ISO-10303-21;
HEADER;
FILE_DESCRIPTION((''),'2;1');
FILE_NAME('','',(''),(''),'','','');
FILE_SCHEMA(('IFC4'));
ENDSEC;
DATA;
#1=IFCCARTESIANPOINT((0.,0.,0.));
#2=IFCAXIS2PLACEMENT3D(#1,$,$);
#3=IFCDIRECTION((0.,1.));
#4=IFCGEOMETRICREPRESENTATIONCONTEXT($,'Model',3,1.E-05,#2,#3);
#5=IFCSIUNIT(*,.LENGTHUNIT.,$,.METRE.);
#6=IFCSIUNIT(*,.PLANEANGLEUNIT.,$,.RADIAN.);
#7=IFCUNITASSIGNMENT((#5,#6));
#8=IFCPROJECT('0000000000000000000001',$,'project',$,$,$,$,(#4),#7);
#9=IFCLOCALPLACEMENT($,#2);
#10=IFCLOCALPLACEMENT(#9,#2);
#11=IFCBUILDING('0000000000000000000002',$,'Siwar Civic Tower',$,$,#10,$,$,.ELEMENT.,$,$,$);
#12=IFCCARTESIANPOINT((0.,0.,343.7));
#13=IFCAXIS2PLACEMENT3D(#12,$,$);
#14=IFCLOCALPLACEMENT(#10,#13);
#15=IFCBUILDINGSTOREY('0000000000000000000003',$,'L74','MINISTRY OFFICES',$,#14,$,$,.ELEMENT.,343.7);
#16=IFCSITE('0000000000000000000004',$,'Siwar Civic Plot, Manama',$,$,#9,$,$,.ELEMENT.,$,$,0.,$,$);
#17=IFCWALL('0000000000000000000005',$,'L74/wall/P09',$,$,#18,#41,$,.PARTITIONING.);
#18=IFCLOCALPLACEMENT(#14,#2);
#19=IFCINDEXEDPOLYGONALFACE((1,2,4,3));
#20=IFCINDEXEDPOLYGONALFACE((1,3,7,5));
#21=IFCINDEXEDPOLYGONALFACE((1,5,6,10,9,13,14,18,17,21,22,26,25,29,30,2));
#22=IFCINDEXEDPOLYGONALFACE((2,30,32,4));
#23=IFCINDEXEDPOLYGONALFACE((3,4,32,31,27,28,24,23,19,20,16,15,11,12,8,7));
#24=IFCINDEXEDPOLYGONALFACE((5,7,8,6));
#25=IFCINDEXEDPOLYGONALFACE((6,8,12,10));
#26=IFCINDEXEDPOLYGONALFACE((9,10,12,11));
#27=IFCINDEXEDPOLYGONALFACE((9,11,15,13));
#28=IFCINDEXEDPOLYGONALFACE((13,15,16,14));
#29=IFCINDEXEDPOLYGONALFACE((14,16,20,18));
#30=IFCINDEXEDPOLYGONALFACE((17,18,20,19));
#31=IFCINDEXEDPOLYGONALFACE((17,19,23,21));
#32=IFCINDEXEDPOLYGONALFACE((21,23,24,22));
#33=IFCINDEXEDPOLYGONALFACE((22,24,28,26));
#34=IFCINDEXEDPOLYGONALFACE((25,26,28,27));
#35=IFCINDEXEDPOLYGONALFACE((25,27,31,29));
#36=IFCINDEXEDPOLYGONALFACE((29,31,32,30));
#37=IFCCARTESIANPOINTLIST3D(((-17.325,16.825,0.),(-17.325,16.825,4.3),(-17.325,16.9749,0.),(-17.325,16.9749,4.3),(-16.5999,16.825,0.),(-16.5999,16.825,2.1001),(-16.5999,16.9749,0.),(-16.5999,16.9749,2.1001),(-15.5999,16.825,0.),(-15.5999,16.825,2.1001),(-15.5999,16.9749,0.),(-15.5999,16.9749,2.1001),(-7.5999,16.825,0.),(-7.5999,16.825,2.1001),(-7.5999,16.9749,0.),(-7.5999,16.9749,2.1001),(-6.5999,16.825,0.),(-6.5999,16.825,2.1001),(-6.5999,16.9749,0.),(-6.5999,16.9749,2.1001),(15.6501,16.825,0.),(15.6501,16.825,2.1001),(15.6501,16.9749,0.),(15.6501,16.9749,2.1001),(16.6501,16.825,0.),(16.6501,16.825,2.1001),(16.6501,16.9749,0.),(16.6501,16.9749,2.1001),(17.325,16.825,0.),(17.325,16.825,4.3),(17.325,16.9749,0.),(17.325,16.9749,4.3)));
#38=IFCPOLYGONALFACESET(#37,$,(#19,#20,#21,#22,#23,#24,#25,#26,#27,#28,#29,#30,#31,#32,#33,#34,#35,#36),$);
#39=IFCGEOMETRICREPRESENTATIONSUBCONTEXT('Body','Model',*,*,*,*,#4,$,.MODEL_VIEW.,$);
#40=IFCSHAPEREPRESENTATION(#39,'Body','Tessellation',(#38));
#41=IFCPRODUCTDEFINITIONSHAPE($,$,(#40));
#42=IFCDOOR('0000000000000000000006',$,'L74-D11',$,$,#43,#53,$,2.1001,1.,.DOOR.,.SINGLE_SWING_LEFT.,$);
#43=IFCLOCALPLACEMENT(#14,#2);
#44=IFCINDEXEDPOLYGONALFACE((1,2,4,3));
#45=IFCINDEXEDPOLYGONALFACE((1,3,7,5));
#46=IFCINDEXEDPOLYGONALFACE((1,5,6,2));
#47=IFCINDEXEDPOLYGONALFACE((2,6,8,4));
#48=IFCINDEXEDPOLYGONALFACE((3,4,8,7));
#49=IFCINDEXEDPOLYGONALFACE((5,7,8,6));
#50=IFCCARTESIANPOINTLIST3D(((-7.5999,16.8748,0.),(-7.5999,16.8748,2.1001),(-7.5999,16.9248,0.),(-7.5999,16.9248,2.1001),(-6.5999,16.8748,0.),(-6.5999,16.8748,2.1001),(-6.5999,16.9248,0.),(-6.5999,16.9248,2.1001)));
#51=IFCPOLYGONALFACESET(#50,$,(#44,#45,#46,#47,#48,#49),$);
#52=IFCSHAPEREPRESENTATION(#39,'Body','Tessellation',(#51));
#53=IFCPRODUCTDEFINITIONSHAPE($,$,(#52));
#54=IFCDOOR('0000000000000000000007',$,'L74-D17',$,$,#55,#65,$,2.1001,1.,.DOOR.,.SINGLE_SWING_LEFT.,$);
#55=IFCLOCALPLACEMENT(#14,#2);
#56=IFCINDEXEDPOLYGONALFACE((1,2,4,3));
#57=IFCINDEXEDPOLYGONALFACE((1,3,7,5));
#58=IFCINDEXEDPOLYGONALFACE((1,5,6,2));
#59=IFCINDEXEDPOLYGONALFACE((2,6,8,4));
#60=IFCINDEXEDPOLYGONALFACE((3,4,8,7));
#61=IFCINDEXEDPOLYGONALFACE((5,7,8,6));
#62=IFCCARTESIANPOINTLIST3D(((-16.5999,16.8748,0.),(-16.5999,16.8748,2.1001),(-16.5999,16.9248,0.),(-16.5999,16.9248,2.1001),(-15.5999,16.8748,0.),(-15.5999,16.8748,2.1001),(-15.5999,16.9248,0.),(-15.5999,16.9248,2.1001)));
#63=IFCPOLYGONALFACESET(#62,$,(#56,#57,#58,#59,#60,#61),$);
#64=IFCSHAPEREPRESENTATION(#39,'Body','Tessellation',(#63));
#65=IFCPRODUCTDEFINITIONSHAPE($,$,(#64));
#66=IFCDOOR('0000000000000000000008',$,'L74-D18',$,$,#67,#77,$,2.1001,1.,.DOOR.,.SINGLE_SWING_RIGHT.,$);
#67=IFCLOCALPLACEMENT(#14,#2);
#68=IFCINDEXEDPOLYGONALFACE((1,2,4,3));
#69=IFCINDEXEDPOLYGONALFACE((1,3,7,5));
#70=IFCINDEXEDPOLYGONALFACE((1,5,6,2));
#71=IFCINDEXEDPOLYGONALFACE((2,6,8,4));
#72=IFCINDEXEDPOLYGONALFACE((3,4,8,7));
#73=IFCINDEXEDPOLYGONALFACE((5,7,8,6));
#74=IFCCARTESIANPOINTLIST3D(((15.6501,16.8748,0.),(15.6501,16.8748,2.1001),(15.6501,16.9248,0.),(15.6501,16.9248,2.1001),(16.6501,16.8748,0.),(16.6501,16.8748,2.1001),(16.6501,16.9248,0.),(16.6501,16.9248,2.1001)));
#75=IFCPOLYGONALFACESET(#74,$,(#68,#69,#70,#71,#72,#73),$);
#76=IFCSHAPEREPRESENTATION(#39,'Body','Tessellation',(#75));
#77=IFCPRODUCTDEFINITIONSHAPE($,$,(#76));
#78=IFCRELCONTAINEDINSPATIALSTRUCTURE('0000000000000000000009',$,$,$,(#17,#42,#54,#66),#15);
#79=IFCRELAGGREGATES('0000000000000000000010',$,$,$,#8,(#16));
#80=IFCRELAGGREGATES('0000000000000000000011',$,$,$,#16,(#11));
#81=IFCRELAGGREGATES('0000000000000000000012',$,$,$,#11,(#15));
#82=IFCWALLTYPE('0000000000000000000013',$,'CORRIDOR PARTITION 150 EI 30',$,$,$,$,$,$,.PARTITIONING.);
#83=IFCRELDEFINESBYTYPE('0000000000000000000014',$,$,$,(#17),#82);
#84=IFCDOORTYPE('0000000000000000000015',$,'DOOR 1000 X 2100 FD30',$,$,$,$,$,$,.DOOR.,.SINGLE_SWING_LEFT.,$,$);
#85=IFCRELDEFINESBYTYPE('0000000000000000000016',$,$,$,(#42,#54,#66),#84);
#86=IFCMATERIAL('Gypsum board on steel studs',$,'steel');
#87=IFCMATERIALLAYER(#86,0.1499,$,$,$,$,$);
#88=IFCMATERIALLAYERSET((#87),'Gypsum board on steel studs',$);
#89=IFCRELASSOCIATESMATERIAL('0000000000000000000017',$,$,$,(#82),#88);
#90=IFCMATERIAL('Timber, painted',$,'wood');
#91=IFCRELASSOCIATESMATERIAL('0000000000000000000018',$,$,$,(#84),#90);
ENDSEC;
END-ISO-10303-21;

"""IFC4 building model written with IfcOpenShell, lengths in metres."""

from ifc_helpers import new_model, si_unit, direction, frame, frame_2d, origin, place, context, subcontext, project, spatial, rectangle, extrude, material, layer, layer_set, type_object, element, fill, save


model = new_model("IFC4")

# Units and contexts
model_context = context("Model", 3, precision=1e-05, world=origin(), true_north=direction((0.0, 1.0)))
body_context = subcontext(model_context, "Body", "Model", "MODEL_VIEW")
ifc_project = project(units=[si_unit("LENGTHUNIT", "METRE"), si_unit("PLANEANGLEUNIT", "RADIAN")], contexts=[model_context])

# Site, building, storey
site_placement = place(None, origin())
site = spatial("IfcSite", under=ifc_project, at=site_placement, Name="Siwar Civic Plot, Manama", CompositionType="ELEMENT", RefElevation=0.0)
building_placement = place(site_placement, origin())
building = spatial("IfcBuilding", under=site, at=building_placement, Name="Siwar Civic Tower", CompositionType="ELEMENT")
storey_placement = place(building_placement, frame((0.0, 0.0, 343.7)))
storey = spatial("IfcBuildingStorey", under=building, at=storey_placement, Name="L74", Description="MINISTRY OFFICES", CompositionType="ELEMENT", Elevation=343.7)

# Shared definitions
ifc_material_1 = material(Name="Gypsum board on steel studs", Category="steel")
ifc_layer_1 = layer(ifc_material_1, 0.1499)
ifc_layer_set_1 = layer_set([ifc_layer_1], Name="Gypsum board on steel studs")
wall_type_1 = type_object("IfcWallType", Name="CORRIDOR PARTITION 150 EI 30", PredefinedType="PARTITIONING", material=ifc_layer_set_1)

# Wall, openings, doors
wall_1_placement = place(storey_placement, frame((-17.325, 16.8999, 0.0), z_axis=(0.0, 0.0, 1.0), x_axis=(1.0, 0.0, 0.0)))
wall_1 = element("IfcWall", 1, at=wall_1_placement, inside=storey, type_object=wall_type_1, Name="L74/wall/P09", PredefinedType="PARTITIONING", context=body_context, shape_type="SweptSolid", body=[
    extrude(rectangle(XDim=34.6499, YDim=0.1499, at=frame_2d((17.325, 0.0))), origin(), (0.0, 0.0, 1.0), 4.3),
])
opening_1_placement = place(wall_1_placement, frame((9.7251, 0.0, 0.0)))
opening_1 = element("IfcOpeningElement", 2, at=opening_1_placement, cuts=wall_1, PredefinedType="OPENING", context=body_context, shape_type="SweptSolid", body=[
    extrude(rectangle(XDim=1.0, YDim=2.1001, at=frame_2d((0.5, 1.05))), frame((0.0, 0.085, 0.0), z_axis=(0.0, -1.0, 0.0), x_axis=(1.0, 0.0, 0.0)), (0.0, 0.0, 1.0), 0.1699),
])
opening_2_placement = place(wall_1_placement, frame((0.7251, 0.0, 0.0)))
opening_2 = element("IfcOpeningElement", 3, at=opening_2_placement, cuts=wall_1, PredefinedType="OPENING", context=body_context, shape_type="SweptSolid", body=[
    extrude(rectangle(XDim=1.0, YDim=2.1001, at=frame_2d((0.5, 1.05))), frame((0.0, 0.085, 0.0), z_axis=(0.0, -1.0, 0.0), x_axis=(1.0, 0.0, 0.0)), (0.0, 0.0, 1.0), 0.1699),
])
opening_3_placement = place(wall_1_placement, frame((32.9751, 0.0, 0.0)))
opening_3 = element("IfcOpeningElement", 4, at=opening_3_placement, cuts=wall_1, PredefinedType="OPENING", context=body_context, shape_type="SweptSolid", body=[
    extrude(rectangle(XDim=1.0, YDim=2.1001, at=frame_2d((0.5, 1.05))), frame((0.0, 0.085, 0.0), z_axis=(0.0, -1.0, 0.0), x_axis=(1.0, 0.0, 0.0)), (0.0, 0.0, 1.0), 0.1699),
])
ifc_material_2 = material(Name="Timber, painted", Category="wood")
door_type = type_object("IfcDoorType", Name="DOOR 1000 X 2100 FD30", OperationType="SINGLE_SWING_LEFT", PredefinedType="DOOR", material=ifc_material_2)
door_1_placement = place(opening_1_placement, origin())
door_1 = element("IfcDoor", 5, at=door_1_placement, inside=storey, type_object=door_type, Name="L74-D11", OperationType="SINGLE_SWING_LEFT", OverallHeight=2.1001, OverallWidth=1.0, PredefinedType="DOOR", context=body_context, shape_type="SweptSolid", body=[
    extrude(rectangle(XDim=1.0, YDim=2.1001, at=frame_2d((0.5, 1.05))), frame((0.0, 0.0249, 0.0), z_axis=(0.0, -1.0, 0.0), x_axis=(1.0, 0.0, 0.0)), (0.0, 0.0, 1.0), 0.05),
])
fill(opening_1, door_1)
door_2_placement = place(opening_2_placement, origin())
door_2 = element("IfcDoor", 6, at=door_2_placement, inside=storey, type_object=door_type, Name="L74-D17", OperationType="SINGLE_SWING_LEFT", OverallHeight=2.1001, OverallWidth=1.0, PredefinedType="DOOR", context=body_context, shape_type="SweptSolid", body=[
    extrude(rectangle(XDim=1.0, YDim=2.1001, at=frame_2d((0.5, 1.05))), frame((0.0, 0.0249, 0.0), z_axis=(0.0, -1.0, 0.0), x_axis=(1.0, 0.0, 0.0)), (0.0, 0.0, 1.0), 0.05),
])
fill(opening_2, door_2)
door_3_placement = place(opening_3_placement, origin())
door_3 = element("IfcDoor", 7, at=door_3_placement, inside=storey, type_object=door_type, Name="L74-D18", OperationType="SINGLE_SWING_RIGHT", OverallHeight=2.1001, OverallWidth=1.0, PredefinedType="DOOR", context=body_context, shape_type="SweptSolid", body=[
    extrude(rectangle(XDim=1.0, YDim=2.1001, at=frame_2d((0.5, 1.05))), frame((0.0, 0.0249, 0.0), z_axis=(0.0, -1.0, 0.0), x_axis=(1.0, 0.0, 0.0)), (0.0, 0.0, 1.0), 0.05),
])
fill(opening_3, door_3)

save(model, "model.ifc")
